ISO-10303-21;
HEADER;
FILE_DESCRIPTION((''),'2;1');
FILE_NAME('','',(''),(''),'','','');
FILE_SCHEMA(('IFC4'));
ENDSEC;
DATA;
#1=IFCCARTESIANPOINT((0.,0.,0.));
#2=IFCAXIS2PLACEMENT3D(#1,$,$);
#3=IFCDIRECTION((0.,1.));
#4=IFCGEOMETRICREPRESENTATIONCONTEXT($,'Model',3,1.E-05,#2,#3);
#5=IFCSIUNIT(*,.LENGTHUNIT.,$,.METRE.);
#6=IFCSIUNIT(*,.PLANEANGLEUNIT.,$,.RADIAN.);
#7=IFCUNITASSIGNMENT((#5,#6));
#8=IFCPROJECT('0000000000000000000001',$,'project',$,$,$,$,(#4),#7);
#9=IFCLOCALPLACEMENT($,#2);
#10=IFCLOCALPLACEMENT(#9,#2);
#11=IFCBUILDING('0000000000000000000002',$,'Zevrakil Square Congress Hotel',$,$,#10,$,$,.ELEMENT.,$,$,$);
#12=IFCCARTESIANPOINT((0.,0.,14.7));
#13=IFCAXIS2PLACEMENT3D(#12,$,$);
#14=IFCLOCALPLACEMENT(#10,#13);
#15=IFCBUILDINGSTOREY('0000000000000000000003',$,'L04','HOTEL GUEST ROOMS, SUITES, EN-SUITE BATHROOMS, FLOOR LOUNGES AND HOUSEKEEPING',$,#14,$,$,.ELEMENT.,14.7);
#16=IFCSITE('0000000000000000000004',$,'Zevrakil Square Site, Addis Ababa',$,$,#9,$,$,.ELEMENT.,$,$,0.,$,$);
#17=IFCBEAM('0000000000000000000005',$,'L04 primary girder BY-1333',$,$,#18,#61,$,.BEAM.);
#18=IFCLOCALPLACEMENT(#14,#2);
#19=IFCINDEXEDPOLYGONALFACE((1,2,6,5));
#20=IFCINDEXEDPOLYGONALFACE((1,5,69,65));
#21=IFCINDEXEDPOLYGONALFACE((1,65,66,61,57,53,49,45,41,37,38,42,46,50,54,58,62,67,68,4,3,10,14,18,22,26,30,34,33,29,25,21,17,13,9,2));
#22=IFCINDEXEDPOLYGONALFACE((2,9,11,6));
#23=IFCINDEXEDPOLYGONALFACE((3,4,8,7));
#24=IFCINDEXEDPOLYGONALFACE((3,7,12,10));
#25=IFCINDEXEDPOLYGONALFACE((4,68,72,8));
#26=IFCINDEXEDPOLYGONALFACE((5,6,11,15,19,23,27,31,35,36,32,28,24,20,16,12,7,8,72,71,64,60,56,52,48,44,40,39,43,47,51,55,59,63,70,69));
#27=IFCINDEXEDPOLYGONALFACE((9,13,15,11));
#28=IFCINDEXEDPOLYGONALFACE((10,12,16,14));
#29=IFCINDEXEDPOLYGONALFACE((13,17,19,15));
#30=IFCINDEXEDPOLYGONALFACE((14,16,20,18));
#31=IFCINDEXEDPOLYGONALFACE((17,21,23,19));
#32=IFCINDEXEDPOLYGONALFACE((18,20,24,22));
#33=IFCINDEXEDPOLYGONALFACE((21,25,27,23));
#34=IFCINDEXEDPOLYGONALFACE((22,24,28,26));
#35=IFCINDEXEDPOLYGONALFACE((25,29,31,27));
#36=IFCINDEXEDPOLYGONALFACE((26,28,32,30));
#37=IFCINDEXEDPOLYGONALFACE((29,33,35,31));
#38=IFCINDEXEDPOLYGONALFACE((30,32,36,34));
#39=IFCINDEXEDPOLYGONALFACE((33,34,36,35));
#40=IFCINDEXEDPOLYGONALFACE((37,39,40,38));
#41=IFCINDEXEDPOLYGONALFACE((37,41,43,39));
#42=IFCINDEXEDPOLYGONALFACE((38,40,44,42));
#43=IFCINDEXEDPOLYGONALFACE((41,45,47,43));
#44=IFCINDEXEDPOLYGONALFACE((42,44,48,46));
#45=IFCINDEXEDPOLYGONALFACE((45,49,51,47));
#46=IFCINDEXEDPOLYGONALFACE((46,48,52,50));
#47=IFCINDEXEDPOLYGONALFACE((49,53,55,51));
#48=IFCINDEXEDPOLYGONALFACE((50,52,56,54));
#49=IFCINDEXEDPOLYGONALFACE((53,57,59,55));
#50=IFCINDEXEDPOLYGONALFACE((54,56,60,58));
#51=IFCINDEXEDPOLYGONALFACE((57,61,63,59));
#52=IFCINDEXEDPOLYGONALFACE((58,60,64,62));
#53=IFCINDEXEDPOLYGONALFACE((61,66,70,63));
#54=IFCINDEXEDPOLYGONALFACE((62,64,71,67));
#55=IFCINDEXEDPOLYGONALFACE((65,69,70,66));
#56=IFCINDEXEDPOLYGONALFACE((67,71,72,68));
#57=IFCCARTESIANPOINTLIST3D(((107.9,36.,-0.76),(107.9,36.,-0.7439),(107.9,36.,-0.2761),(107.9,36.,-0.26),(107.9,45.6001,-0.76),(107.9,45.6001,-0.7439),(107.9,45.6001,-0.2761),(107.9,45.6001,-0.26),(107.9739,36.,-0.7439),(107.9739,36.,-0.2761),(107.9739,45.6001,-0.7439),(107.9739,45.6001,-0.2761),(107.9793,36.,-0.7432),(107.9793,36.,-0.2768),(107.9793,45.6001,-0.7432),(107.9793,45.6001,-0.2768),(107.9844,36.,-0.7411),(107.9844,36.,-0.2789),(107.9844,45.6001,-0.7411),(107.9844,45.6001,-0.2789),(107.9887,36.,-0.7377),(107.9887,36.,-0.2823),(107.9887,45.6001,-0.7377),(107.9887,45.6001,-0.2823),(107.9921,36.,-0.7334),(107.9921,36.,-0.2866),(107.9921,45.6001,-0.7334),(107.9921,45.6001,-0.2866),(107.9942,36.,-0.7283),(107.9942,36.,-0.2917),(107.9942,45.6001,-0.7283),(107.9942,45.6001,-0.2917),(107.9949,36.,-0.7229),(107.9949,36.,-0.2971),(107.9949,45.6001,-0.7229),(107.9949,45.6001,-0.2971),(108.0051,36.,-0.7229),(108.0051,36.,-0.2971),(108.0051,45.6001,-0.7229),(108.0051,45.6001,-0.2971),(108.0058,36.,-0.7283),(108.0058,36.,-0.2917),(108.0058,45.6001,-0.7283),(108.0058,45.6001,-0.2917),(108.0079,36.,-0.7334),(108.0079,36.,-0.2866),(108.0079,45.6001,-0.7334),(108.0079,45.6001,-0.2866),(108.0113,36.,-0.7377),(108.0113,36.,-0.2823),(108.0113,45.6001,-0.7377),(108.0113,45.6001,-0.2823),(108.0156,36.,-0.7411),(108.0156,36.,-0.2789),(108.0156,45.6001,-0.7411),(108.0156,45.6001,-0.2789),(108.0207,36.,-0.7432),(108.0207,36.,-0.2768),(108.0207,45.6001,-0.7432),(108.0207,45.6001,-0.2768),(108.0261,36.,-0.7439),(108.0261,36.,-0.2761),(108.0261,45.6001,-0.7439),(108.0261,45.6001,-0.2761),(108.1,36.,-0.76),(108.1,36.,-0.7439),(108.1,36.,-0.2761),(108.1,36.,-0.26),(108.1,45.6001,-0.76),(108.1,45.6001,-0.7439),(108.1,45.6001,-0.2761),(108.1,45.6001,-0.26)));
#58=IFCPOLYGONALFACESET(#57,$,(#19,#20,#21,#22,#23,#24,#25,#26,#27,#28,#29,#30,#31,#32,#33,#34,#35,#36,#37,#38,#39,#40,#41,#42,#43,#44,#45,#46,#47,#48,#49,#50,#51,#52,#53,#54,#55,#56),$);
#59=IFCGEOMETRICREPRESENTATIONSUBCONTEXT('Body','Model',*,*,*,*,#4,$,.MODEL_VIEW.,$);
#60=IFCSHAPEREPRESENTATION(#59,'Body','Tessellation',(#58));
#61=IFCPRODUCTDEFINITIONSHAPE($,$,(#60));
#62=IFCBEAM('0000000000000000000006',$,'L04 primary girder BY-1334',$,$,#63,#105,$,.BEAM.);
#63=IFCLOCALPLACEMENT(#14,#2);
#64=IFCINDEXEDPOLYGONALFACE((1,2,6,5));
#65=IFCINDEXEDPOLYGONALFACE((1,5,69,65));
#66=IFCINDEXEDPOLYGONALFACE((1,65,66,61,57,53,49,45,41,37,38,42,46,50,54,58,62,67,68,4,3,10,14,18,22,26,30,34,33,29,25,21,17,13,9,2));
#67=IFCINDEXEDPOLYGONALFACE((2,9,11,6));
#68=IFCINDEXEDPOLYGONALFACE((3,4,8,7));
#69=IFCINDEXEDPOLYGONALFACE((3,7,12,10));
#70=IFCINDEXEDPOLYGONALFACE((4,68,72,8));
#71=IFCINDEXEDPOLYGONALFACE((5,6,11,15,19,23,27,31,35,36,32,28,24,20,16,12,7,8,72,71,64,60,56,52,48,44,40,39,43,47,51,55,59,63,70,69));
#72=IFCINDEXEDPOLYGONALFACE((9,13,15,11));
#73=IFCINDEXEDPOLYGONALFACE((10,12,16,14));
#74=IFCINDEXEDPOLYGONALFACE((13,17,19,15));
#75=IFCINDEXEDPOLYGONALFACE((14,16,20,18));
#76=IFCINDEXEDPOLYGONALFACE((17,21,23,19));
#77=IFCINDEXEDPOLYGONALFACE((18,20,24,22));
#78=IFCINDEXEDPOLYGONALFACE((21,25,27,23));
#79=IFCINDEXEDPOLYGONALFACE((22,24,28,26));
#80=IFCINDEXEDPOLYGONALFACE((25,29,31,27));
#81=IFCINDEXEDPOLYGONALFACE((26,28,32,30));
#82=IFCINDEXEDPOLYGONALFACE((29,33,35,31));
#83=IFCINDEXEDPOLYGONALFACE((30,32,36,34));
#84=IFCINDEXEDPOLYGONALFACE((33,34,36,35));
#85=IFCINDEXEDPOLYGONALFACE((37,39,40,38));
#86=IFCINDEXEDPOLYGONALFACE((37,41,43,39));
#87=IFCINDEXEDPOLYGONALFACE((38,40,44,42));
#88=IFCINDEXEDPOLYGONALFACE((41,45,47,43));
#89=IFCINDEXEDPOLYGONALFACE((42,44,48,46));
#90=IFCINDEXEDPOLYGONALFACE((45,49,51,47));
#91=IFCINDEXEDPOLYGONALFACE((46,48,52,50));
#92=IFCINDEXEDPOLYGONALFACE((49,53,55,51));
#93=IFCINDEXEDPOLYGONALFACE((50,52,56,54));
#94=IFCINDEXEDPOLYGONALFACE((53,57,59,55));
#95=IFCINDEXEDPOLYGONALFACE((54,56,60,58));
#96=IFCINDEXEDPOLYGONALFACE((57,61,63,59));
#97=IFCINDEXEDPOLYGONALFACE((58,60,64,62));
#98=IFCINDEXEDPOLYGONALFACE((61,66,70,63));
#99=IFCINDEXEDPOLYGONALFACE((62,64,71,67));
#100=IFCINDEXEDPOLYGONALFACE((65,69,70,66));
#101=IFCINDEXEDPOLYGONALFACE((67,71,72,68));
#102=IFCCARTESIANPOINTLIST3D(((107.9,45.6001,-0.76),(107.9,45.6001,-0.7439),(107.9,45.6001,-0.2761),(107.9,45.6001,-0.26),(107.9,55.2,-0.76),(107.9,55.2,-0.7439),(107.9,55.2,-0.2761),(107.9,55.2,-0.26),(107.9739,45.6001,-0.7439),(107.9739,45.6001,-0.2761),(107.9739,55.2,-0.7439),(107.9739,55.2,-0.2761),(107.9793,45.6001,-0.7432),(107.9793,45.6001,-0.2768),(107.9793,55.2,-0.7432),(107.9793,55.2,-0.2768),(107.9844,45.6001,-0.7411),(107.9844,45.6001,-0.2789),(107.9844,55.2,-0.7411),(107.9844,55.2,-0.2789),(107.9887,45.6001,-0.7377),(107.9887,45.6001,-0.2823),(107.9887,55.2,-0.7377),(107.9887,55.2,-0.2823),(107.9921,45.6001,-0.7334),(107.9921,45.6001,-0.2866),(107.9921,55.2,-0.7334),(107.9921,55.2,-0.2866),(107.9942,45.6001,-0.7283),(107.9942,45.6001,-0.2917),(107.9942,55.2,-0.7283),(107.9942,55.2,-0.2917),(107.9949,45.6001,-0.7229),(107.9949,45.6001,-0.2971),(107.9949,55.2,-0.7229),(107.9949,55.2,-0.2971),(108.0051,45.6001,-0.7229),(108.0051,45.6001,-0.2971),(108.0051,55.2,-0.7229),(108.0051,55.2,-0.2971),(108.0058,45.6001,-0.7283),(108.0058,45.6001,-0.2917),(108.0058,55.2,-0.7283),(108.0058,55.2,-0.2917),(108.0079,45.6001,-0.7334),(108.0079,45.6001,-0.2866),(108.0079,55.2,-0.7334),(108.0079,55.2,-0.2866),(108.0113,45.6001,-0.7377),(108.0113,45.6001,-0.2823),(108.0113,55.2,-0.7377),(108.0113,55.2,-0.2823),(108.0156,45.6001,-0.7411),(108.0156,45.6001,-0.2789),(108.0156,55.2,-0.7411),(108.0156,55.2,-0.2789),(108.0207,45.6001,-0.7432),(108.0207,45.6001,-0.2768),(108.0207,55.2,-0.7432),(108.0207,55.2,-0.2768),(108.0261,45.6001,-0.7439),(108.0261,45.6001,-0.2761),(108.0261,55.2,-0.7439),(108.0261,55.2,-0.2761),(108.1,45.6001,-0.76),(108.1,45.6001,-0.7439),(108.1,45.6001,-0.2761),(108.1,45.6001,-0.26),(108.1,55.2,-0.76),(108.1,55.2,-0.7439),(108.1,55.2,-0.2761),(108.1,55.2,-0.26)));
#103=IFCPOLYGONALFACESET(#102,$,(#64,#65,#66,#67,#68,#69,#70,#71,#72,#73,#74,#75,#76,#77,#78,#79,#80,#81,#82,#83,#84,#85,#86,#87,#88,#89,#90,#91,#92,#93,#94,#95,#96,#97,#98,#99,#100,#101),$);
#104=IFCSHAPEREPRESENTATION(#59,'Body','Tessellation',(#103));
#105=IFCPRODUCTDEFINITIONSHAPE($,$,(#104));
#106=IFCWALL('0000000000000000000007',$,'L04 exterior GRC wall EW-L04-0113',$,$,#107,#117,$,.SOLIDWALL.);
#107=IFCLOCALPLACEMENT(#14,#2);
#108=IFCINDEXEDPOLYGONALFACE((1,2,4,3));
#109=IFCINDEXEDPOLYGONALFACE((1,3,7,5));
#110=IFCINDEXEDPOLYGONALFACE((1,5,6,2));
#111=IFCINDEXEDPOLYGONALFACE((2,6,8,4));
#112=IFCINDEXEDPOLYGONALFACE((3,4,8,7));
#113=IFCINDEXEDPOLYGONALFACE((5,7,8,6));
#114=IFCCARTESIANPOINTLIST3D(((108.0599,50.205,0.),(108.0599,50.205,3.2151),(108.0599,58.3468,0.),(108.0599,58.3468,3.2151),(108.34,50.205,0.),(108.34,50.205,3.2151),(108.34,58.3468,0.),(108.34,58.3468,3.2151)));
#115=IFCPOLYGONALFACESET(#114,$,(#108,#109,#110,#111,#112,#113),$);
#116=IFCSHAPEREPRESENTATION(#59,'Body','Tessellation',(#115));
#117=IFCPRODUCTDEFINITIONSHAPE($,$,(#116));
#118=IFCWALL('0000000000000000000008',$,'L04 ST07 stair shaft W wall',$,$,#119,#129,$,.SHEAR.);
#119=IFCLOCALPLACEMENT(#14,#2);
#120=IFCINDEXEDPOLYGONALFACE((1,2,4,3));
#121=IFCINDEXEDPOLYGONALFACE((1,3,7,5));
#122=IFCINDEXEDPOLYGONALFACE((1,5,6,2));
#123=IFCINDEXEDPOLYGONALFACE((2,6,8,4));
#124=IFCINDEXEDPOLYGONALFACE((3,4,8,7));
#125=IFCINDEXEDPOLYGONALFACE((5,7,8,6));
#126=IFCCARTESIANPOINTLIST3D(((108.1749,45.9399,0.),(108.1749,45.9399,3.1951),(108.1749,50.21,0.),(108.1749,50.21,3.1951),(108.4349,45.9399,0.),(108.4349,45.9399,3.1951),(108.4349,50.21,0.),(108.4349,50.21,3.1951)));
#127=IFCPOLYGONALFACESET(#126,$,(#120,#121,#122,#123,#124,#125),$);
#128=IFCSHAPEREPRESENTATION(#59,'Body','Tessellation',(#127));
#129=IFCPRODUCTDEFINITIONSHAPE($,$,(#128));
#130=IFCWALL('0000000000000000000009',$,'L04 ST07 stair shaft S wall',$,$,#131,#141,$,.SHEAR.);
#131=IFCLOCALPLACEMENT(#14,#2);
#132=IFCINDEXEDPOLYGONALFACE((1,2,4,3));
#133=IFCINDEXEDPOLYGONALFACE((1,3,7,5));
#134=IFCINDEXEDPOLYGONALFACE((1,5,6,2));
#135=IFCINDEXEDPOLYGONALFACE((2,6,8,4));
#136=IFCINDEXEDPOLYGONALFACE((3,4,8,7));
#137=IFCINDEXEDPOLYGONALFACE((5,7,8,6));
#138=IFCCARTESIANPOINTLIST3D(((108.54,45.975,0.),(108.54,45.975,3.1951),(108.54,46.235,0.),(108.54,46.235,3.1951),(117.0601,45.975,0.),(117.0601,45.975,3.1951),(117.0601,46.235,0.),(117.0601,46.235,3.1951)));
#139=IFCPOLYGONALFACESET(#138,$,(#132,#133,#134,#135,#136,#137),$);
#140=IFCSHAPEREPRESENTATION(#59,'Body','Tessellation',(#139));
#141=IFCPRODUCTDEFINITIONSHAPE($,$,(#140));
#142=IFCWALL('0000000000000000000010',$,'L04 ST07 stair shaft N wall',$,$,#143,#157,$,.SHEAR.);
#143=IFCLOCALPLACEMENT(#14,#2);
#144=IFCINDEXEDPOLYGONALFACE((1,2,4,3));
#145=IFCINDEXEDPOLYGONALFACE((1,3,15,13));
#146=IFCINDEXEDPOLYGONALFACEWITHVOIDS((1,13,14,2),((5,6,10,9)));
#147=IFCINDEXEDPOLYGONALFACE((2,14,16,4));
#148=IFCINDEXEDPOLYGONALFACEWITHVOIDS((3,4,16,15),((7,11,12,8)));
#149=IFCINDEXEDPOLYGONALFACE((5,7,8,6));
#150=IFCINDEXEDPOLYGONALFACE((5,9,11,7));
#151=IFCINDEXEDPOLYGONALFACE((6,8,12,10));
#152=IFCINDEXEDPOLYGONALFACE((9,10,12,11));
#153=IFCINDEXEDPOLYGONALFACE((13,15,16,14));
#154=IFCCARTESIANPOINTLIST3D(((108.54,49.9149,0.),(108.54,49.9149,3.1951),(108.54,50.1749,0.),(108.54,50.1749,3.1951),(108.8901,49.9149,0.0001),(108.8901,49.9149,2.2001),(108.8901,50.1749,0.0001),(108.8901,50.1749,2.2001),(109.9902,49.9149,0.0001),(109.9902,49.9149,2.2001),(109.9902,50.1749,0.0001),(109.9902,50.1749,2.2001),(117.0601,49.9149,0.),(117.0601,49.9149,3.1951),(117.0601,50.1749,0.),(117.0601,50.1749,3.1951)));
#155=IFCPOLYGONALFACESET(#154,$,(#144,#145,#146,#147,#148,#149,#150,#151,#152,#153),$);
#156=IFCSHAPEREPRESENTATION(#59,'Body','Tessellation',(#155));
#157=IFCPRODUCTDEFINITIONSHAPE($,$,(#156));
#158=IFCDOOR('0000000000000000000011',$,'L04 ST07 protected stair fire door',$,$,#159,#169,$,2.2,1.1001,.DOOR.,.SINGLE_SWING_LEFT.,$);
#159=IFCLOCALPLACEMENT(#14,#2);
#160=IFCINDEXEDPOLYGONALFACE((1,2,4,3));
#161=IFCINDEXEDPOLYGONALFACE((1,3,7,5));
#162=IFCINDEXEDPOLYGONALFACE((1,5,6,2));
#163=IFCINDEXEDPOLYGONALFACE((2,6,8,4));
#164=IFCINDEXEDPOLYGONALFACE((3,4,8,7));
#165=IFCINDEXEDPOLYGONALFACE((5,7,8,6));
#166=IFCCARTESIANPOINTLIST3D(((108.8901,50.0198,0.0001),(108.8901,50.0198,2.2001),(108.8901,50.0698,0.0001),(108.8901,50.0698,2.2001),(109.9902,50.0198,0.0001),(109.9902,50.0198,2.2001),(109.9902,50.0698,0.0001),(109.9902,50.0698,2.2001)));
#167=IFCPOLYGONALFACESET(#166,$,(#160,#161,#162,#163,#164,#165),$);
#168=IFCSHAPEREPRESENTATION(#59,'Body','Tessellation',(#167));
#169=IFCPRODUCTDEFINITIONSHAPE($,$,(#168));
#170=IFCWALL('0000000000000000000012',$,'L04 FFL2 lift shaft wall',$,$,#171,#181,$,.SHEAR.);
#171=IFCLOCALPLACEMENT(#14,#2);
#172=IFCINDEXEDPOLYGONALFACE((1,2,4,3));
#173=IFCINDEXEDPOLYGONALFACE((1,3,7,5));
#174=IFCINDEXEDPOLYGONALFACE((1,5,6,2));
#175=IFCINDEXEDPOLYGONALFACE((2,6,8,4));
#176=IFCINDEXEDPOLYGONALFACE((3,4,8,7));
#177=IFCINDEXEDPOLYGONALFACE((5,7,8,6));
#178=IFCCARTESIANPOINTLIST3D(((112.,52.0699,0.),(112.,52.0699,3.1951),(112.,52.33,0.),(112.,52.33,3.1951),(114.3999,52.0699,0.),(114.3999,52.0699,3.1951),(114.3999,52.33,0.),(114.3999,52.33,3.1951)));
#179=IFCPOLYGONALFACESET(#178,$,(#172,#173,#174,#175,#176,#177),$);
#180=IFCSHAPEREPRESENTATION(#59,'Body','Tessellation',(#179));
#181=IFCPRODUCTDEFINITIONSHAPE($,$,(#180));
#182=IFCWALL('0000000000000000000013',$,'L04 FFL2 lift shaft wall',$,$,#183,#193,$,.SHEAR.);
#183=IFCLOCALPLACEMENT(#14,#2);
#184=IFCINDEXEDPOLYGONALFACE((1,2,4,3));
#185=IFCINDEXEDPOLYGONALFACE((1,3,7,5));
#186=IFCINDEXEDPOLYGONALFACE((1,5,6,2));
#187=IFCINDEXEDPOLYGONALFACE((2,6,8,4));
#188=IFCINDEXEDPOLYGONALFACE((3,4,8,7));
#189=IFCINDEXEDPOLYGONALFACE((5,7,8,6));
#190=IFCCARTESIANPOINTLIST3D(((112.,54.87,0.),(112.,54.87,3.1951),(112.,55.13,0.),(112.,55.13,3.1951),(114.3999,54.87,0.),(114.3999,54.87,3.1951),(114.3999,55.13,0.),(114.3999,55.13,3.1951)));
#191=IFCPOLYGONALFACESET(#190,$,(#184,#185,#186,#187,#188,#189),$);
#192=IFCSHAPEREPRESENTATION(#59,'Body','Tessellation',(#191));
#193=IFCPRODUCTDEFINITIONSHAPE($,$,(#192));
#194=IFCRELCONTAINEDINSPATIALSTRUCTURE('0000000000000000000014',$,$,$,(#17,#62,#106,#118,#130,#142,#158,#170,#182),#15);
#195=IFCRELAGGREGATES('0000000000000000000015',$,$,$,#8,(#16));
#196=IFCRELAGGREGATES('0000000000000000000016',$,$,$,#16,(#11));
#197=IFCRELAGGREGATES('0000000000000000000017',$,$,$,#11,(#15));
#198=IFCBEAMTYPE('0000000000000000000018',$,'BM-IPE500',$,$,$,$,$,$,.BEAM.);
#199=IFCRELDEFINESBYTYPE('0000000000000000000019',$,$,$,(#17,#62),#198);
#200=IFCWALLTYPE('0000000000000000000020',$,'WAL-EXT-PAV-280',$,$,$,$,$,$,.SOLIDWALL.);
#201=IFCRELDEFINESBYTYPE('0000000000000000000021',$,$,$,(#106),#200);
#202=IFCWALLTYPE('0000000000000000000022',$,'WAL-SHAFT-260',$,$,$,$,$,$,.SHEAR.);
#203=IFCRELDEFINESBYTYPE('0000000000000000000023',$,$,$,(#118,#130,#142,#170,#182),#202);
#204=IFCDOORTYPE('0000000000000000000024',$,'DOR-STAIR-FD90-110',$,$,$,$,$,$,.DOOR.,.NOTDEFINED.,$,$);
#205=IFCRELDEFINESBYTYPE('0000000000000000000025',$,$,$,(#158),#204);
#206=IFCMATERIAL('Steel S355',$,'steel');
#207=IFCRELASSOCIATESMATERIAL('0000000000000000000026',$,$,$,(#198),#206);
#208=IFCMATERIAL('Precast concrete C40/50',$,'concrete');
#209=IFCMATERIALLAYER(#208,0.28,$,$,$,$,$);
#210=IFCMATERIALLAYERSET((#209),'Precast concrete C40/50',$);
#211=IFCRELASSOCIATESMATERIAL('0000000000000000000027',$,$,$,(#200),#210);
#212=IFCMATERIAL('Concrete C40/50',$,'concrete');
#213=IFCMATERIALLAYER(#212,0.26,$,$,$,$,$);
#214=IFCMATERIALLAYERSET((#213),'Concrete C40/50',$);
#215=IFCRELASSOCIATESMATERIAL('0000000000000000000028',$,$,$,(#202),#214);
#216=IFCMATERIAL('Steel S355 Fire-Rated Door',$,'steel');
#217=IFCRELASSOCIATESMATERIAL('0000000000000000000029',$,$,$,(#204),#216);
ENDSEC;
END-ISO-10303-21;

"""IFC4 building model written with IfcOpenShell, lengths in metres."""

from ifc_helpers import new_model, si_unit, direction, frame, frame_2d, origin, origin_2d, place, context, subcontext, project, spatial, rectangle, i_section, extrude, material, layer, layer_set, material_profile, profile_set, type_object, element, fill, save


model = new_model("IFC4")

# Units and contexts
model_context = context("Model", 3, precision=1e-05, world=origin(), true_north=direction((0.0, 1.0)))
body_context = subcontext(model_context, "Body", "Model", "MODEL_VIEW")
ifc_project = project(units=[si_unit("LENGTHUNIT", "METRE"), si_unit("PLANEANGLEUNIT", "RADIAN")], contexts=[model_context])

# Site, building, storey
site_placement = place(None, origin())
site = spatial("IfcSite", under=ifc_project, at=site_placement, Name="Zevrakil Square Site, Addis Ababa", CompositionType="ELEMENT", RefElevation=0.0)
building_placement = place(site_placement, origin())
building = spatial("IfcBuilding", under=site, at=building_placement, Name="Zevrakil Square Congress Hotel", CompositionType="ELEMENT")
storey_placement = place(building_placement, frame((0.0, 0.0, 14.7)))
storey = spatial("IfcBuildingStorey", under=building, at=storey_placement, Name="L04", Description="HOTEL GUEST ROOMS, SUITES, EN-SUITE BATHROOMS, FLOOR LOUNGES AND HOUSEKEEPING", CompositionType="ELEMENT", Elevation=14.7)

# Beams
ifc_material_1 = material(Name="Steel S355", Category="steel")
ifc_material_profile_1 = material_profile(ifc_material_1, i_section(OverallWidth=0.2, OverallDepth=0.5, WebThickness=0.0103, FlangeThickness=0.0161, FilletRadius=0.021, at=origin_2d()), Name="IPE 500")
ifc_profile_set_1 = profile_set([ifc_material_profile_1], Name="Steel S355")
beam_type_1 = type_object("IfcBeamType", Name="BM-IPE500", PredefinedType="BEAM", material=ifc_profile_set_1)
for number, where, z_axis, x_axis, name in (
    (1, (108.0, 36.0, -0.51), (0.0, 1.0, 0.0), (-1.0, 0.0, 0.0), "L04 primary girder BY-1333"),
):
    element("IfcBeam", number, at=place(storey_placement, frame(where, z_axis=z_axis, x_axis=x_axis)), inside=storey, type_object=beam_type_1, Name=name, PredefinedType="BEAM", context=body_context, shape_type="SweptSolid", body=[
        extrude(i_section(OverallWidth=0.2, OverallDepth=0.5, WebThickness=0.0103, FlangeThickness=0.0161, FilletRadius=0.021, at=origin_2d()), origin(), (0.0, 0.0, 1.0), 9.6001),
    ])
beam_1_placement = place(storey_placement, frame((108.0, 45.6001, -0.51), z_axis=(0.0, 1.0, 0.0), x_axis=(-1.0, 0.0, 0.0)))
element("IfcBeam", 2, at=beam_1_placement, inside=storey, type_object=beam_type_1, Name="L04 primary girder BY-1334", PredefinedType="BEAM", context=body_context, shape_type="SweptSolid", body=[
    extrude(i_section(OverallWidth=0.2, OverallDepth=0.5, WebThickness=0.0103, FlangeThickness=0.0161, FilletRadius=0.021, at=origin_2d()), origin(), (0.0, 0.0, 1.0), 9.5999),
])

# Walls
ifc_material_2 = material(Name="Precast concrete C40/50", Category="concrete")
ifc_layer_1 = layer(ifc_material_2, 0.28)
ifc_layer_set_1 = layer_set([ifc_layer_1], Name="Precast concrete C40/50")
wall_type_1 = type_object("IfcWallType", Name="WAL-EXT-PAV-280", PredefinedType="SOLIDWALL", material=ifc_layer_set_1)
wall_1_placement = place(storey_placement, frame((108.2, 50.2051, 0.0), z_axis=(0.0, 0.0, 1.0), x_axis=(0.0, 1.0, 0.0)))
element("IfcWall", 3, at=wall_1_placement, inside=storey, type_object=wall_type_1, Name="L04 exterior GRC wall EW-L04-0113", PredefinedType="SOLIDWALL", context=body_context, shape_type="SweptSolid", body=[
    extrude(rectangle(XDim=8.1418, YDim=0.28, at=frame_2d((4.0708, 0.0))), origin(), (0.0, 0.0, 1.0), 3.2151),
])
ifc_material_3 = material(Name="Concrete C40/50", Category="concrete")
ifc_layer_2 = layer(ifc_material_3, 0.26)
ifc_layer_set_2 = layer_set([ifc_layer_2], Name="Concrete C40/50")
wall_type_2 = type_object("IfcWallType", Name="WAL-SHAFT-260", PredefinedType="SHEAR", material=ifc_layer_set_2)
wall_2_placement = place(storey_placement, frame((108.3049, 45.9399, 0.0), z_axis=(0.0, 0.0, 1.0), x_axis=(0.0, 1.0, 0.0)))
element("IfcWall", 4, at=wall_2_placement, inside=storey, type_object=wall_type_2, Name="L04 ST07 stair shaft W wall", PredefinedType="SHEAR", context=body_context, shape_type="SweptSolid", body=[
    extrude(rectangle(XDim=4.27, YDim=0.26, at=frame_2d((2.135, 0.0))), origin(), (0.0, 0.0, 1.0), 3.1951),
])
wall_3_placement = place(storey_placement, frame((108.54, 46.105, 0.0), z_axis=(0.0, 0.0, 1.0), x_axis=(1.0, 0.0, 0.0)))
element("IfcWall", 5, at=wall_3_placement, inside=storey, type_object=wall_type_2, Name="L04 ST07 stair shaft S wall", PredefinedType="SHEAR", context=body_context, shape_type="SweptSolid", body=[
    extrude(rectangle(XDim=8.52, YDim=0.26, at=frame_2d((4.26, 0.0))), origin(), (0.0, 0.0, 1.0), 3.1951),
])

# Wall, opening, door
wall_4_placement = place(storey_placement, frame((108.54, 50.0449, 0.0), z_axis=(0.0, 0.0, 1.0), x_axis=(1.0, 0.0, 0.0)))
wall_4 = element("IfcWall", 6, at=wall_4_placement, inside=storey, type_object=wall_type_2, Name="L04 ST07 stair shaft N wall", PredefinedType="SHEAR", context=body_context, shape_type="SweptSolid", body=[
    extrude(rectangle(XDim=8.52, YDim=0.26, at=frame_2d((4.26, 0.0))), origin(), (0.0, 0.0, 1.0), 3.1951),
])
opening_1_placement = place(wall_4_placement, frame((0.3501, 0.0, 0.0)))
opening_1 = element("IfcOpeningElement", 7, at=opening_1_placement, cuts=wall_4, PredefinedType="OPENING", context=body_context, shape_type="SweptSolid", body=[
    extrude(rectangle(XDim=1.1001, YDim=2.2, at=frame_2d((0.55, 1.1001))), frame((0.0, 0.1401, 0.0), z_axis=(0.0, -1.0, 0.0), x_axis=(1.0, 0.0, 0.0)), (0.0, 0.0, 1.0), 0.28),
])
ifc_material_4 = material(Name="Steel S355 Fire-Rated Door", Category="steel")
door_type_1 = type_object("IfcDoorType", Name="DOR-STAIR-FD90-110", OperationType="NOTDEFINED", PredefinedType="DOOR", material=ifc_material_4)
door_1_placement = place(opening_1_placement, origin())
door_1 = element("IfcDoor", 8, at=door_1_placement, inside=storey, type_object=door_type_1, Name="L04 ST07 protected stair fire door", OperationType="SINGLE_SWING_LEFT", OverallHeight=2.2, OverallWidth=1.1001, PredefinedType="DOOR", context=body_context, shape_type="SweptSolid", body=[
    extrude(rectangle(XDim=1.1001, YDim=2.2, at=frame_2d((0.55, 1.1001))), frame((0.0, 0.0249, 0.0), z_axis=(0.0, -1.0, 0.0), x_axis=(1.0, 0.0, 0.0)), (0.0, 0.0, 1.0), 0.05),
])
fill(opening_1, door_1)

# Walls
for number, where, z_axis, x_axis, name in (
    (9, (112.0, 52.2, 0.0), (0.0, 0.0, 1.0), (1.0, 0.0, 0.0), "L04 FFL2 lift shaft wall"),
    (10, (112.0, 55.0, 0.0), (0.0, 0.0, 1.0), (1.0, 0.0, 0.0), "L04 FFL2 lift shaft wall"),
):
    element("IfcWall", number, at=place(storey_placement, frame(where, z_axis=z_axis, x_axis=x_axis)), inside=storey, type_object=wall_type_2, Name=name, PredefinedType="SHEAR", context=body_context, shape_type="SweptSolid", body=[
        extrude(rectangle(XDim=2.3999, YDim=0.26, at=frame_2d((1.2, 0.0))), origin(), (0.0, 0.0, 1.0), 3.1951),
    ])

save(model, "model.ifc")
